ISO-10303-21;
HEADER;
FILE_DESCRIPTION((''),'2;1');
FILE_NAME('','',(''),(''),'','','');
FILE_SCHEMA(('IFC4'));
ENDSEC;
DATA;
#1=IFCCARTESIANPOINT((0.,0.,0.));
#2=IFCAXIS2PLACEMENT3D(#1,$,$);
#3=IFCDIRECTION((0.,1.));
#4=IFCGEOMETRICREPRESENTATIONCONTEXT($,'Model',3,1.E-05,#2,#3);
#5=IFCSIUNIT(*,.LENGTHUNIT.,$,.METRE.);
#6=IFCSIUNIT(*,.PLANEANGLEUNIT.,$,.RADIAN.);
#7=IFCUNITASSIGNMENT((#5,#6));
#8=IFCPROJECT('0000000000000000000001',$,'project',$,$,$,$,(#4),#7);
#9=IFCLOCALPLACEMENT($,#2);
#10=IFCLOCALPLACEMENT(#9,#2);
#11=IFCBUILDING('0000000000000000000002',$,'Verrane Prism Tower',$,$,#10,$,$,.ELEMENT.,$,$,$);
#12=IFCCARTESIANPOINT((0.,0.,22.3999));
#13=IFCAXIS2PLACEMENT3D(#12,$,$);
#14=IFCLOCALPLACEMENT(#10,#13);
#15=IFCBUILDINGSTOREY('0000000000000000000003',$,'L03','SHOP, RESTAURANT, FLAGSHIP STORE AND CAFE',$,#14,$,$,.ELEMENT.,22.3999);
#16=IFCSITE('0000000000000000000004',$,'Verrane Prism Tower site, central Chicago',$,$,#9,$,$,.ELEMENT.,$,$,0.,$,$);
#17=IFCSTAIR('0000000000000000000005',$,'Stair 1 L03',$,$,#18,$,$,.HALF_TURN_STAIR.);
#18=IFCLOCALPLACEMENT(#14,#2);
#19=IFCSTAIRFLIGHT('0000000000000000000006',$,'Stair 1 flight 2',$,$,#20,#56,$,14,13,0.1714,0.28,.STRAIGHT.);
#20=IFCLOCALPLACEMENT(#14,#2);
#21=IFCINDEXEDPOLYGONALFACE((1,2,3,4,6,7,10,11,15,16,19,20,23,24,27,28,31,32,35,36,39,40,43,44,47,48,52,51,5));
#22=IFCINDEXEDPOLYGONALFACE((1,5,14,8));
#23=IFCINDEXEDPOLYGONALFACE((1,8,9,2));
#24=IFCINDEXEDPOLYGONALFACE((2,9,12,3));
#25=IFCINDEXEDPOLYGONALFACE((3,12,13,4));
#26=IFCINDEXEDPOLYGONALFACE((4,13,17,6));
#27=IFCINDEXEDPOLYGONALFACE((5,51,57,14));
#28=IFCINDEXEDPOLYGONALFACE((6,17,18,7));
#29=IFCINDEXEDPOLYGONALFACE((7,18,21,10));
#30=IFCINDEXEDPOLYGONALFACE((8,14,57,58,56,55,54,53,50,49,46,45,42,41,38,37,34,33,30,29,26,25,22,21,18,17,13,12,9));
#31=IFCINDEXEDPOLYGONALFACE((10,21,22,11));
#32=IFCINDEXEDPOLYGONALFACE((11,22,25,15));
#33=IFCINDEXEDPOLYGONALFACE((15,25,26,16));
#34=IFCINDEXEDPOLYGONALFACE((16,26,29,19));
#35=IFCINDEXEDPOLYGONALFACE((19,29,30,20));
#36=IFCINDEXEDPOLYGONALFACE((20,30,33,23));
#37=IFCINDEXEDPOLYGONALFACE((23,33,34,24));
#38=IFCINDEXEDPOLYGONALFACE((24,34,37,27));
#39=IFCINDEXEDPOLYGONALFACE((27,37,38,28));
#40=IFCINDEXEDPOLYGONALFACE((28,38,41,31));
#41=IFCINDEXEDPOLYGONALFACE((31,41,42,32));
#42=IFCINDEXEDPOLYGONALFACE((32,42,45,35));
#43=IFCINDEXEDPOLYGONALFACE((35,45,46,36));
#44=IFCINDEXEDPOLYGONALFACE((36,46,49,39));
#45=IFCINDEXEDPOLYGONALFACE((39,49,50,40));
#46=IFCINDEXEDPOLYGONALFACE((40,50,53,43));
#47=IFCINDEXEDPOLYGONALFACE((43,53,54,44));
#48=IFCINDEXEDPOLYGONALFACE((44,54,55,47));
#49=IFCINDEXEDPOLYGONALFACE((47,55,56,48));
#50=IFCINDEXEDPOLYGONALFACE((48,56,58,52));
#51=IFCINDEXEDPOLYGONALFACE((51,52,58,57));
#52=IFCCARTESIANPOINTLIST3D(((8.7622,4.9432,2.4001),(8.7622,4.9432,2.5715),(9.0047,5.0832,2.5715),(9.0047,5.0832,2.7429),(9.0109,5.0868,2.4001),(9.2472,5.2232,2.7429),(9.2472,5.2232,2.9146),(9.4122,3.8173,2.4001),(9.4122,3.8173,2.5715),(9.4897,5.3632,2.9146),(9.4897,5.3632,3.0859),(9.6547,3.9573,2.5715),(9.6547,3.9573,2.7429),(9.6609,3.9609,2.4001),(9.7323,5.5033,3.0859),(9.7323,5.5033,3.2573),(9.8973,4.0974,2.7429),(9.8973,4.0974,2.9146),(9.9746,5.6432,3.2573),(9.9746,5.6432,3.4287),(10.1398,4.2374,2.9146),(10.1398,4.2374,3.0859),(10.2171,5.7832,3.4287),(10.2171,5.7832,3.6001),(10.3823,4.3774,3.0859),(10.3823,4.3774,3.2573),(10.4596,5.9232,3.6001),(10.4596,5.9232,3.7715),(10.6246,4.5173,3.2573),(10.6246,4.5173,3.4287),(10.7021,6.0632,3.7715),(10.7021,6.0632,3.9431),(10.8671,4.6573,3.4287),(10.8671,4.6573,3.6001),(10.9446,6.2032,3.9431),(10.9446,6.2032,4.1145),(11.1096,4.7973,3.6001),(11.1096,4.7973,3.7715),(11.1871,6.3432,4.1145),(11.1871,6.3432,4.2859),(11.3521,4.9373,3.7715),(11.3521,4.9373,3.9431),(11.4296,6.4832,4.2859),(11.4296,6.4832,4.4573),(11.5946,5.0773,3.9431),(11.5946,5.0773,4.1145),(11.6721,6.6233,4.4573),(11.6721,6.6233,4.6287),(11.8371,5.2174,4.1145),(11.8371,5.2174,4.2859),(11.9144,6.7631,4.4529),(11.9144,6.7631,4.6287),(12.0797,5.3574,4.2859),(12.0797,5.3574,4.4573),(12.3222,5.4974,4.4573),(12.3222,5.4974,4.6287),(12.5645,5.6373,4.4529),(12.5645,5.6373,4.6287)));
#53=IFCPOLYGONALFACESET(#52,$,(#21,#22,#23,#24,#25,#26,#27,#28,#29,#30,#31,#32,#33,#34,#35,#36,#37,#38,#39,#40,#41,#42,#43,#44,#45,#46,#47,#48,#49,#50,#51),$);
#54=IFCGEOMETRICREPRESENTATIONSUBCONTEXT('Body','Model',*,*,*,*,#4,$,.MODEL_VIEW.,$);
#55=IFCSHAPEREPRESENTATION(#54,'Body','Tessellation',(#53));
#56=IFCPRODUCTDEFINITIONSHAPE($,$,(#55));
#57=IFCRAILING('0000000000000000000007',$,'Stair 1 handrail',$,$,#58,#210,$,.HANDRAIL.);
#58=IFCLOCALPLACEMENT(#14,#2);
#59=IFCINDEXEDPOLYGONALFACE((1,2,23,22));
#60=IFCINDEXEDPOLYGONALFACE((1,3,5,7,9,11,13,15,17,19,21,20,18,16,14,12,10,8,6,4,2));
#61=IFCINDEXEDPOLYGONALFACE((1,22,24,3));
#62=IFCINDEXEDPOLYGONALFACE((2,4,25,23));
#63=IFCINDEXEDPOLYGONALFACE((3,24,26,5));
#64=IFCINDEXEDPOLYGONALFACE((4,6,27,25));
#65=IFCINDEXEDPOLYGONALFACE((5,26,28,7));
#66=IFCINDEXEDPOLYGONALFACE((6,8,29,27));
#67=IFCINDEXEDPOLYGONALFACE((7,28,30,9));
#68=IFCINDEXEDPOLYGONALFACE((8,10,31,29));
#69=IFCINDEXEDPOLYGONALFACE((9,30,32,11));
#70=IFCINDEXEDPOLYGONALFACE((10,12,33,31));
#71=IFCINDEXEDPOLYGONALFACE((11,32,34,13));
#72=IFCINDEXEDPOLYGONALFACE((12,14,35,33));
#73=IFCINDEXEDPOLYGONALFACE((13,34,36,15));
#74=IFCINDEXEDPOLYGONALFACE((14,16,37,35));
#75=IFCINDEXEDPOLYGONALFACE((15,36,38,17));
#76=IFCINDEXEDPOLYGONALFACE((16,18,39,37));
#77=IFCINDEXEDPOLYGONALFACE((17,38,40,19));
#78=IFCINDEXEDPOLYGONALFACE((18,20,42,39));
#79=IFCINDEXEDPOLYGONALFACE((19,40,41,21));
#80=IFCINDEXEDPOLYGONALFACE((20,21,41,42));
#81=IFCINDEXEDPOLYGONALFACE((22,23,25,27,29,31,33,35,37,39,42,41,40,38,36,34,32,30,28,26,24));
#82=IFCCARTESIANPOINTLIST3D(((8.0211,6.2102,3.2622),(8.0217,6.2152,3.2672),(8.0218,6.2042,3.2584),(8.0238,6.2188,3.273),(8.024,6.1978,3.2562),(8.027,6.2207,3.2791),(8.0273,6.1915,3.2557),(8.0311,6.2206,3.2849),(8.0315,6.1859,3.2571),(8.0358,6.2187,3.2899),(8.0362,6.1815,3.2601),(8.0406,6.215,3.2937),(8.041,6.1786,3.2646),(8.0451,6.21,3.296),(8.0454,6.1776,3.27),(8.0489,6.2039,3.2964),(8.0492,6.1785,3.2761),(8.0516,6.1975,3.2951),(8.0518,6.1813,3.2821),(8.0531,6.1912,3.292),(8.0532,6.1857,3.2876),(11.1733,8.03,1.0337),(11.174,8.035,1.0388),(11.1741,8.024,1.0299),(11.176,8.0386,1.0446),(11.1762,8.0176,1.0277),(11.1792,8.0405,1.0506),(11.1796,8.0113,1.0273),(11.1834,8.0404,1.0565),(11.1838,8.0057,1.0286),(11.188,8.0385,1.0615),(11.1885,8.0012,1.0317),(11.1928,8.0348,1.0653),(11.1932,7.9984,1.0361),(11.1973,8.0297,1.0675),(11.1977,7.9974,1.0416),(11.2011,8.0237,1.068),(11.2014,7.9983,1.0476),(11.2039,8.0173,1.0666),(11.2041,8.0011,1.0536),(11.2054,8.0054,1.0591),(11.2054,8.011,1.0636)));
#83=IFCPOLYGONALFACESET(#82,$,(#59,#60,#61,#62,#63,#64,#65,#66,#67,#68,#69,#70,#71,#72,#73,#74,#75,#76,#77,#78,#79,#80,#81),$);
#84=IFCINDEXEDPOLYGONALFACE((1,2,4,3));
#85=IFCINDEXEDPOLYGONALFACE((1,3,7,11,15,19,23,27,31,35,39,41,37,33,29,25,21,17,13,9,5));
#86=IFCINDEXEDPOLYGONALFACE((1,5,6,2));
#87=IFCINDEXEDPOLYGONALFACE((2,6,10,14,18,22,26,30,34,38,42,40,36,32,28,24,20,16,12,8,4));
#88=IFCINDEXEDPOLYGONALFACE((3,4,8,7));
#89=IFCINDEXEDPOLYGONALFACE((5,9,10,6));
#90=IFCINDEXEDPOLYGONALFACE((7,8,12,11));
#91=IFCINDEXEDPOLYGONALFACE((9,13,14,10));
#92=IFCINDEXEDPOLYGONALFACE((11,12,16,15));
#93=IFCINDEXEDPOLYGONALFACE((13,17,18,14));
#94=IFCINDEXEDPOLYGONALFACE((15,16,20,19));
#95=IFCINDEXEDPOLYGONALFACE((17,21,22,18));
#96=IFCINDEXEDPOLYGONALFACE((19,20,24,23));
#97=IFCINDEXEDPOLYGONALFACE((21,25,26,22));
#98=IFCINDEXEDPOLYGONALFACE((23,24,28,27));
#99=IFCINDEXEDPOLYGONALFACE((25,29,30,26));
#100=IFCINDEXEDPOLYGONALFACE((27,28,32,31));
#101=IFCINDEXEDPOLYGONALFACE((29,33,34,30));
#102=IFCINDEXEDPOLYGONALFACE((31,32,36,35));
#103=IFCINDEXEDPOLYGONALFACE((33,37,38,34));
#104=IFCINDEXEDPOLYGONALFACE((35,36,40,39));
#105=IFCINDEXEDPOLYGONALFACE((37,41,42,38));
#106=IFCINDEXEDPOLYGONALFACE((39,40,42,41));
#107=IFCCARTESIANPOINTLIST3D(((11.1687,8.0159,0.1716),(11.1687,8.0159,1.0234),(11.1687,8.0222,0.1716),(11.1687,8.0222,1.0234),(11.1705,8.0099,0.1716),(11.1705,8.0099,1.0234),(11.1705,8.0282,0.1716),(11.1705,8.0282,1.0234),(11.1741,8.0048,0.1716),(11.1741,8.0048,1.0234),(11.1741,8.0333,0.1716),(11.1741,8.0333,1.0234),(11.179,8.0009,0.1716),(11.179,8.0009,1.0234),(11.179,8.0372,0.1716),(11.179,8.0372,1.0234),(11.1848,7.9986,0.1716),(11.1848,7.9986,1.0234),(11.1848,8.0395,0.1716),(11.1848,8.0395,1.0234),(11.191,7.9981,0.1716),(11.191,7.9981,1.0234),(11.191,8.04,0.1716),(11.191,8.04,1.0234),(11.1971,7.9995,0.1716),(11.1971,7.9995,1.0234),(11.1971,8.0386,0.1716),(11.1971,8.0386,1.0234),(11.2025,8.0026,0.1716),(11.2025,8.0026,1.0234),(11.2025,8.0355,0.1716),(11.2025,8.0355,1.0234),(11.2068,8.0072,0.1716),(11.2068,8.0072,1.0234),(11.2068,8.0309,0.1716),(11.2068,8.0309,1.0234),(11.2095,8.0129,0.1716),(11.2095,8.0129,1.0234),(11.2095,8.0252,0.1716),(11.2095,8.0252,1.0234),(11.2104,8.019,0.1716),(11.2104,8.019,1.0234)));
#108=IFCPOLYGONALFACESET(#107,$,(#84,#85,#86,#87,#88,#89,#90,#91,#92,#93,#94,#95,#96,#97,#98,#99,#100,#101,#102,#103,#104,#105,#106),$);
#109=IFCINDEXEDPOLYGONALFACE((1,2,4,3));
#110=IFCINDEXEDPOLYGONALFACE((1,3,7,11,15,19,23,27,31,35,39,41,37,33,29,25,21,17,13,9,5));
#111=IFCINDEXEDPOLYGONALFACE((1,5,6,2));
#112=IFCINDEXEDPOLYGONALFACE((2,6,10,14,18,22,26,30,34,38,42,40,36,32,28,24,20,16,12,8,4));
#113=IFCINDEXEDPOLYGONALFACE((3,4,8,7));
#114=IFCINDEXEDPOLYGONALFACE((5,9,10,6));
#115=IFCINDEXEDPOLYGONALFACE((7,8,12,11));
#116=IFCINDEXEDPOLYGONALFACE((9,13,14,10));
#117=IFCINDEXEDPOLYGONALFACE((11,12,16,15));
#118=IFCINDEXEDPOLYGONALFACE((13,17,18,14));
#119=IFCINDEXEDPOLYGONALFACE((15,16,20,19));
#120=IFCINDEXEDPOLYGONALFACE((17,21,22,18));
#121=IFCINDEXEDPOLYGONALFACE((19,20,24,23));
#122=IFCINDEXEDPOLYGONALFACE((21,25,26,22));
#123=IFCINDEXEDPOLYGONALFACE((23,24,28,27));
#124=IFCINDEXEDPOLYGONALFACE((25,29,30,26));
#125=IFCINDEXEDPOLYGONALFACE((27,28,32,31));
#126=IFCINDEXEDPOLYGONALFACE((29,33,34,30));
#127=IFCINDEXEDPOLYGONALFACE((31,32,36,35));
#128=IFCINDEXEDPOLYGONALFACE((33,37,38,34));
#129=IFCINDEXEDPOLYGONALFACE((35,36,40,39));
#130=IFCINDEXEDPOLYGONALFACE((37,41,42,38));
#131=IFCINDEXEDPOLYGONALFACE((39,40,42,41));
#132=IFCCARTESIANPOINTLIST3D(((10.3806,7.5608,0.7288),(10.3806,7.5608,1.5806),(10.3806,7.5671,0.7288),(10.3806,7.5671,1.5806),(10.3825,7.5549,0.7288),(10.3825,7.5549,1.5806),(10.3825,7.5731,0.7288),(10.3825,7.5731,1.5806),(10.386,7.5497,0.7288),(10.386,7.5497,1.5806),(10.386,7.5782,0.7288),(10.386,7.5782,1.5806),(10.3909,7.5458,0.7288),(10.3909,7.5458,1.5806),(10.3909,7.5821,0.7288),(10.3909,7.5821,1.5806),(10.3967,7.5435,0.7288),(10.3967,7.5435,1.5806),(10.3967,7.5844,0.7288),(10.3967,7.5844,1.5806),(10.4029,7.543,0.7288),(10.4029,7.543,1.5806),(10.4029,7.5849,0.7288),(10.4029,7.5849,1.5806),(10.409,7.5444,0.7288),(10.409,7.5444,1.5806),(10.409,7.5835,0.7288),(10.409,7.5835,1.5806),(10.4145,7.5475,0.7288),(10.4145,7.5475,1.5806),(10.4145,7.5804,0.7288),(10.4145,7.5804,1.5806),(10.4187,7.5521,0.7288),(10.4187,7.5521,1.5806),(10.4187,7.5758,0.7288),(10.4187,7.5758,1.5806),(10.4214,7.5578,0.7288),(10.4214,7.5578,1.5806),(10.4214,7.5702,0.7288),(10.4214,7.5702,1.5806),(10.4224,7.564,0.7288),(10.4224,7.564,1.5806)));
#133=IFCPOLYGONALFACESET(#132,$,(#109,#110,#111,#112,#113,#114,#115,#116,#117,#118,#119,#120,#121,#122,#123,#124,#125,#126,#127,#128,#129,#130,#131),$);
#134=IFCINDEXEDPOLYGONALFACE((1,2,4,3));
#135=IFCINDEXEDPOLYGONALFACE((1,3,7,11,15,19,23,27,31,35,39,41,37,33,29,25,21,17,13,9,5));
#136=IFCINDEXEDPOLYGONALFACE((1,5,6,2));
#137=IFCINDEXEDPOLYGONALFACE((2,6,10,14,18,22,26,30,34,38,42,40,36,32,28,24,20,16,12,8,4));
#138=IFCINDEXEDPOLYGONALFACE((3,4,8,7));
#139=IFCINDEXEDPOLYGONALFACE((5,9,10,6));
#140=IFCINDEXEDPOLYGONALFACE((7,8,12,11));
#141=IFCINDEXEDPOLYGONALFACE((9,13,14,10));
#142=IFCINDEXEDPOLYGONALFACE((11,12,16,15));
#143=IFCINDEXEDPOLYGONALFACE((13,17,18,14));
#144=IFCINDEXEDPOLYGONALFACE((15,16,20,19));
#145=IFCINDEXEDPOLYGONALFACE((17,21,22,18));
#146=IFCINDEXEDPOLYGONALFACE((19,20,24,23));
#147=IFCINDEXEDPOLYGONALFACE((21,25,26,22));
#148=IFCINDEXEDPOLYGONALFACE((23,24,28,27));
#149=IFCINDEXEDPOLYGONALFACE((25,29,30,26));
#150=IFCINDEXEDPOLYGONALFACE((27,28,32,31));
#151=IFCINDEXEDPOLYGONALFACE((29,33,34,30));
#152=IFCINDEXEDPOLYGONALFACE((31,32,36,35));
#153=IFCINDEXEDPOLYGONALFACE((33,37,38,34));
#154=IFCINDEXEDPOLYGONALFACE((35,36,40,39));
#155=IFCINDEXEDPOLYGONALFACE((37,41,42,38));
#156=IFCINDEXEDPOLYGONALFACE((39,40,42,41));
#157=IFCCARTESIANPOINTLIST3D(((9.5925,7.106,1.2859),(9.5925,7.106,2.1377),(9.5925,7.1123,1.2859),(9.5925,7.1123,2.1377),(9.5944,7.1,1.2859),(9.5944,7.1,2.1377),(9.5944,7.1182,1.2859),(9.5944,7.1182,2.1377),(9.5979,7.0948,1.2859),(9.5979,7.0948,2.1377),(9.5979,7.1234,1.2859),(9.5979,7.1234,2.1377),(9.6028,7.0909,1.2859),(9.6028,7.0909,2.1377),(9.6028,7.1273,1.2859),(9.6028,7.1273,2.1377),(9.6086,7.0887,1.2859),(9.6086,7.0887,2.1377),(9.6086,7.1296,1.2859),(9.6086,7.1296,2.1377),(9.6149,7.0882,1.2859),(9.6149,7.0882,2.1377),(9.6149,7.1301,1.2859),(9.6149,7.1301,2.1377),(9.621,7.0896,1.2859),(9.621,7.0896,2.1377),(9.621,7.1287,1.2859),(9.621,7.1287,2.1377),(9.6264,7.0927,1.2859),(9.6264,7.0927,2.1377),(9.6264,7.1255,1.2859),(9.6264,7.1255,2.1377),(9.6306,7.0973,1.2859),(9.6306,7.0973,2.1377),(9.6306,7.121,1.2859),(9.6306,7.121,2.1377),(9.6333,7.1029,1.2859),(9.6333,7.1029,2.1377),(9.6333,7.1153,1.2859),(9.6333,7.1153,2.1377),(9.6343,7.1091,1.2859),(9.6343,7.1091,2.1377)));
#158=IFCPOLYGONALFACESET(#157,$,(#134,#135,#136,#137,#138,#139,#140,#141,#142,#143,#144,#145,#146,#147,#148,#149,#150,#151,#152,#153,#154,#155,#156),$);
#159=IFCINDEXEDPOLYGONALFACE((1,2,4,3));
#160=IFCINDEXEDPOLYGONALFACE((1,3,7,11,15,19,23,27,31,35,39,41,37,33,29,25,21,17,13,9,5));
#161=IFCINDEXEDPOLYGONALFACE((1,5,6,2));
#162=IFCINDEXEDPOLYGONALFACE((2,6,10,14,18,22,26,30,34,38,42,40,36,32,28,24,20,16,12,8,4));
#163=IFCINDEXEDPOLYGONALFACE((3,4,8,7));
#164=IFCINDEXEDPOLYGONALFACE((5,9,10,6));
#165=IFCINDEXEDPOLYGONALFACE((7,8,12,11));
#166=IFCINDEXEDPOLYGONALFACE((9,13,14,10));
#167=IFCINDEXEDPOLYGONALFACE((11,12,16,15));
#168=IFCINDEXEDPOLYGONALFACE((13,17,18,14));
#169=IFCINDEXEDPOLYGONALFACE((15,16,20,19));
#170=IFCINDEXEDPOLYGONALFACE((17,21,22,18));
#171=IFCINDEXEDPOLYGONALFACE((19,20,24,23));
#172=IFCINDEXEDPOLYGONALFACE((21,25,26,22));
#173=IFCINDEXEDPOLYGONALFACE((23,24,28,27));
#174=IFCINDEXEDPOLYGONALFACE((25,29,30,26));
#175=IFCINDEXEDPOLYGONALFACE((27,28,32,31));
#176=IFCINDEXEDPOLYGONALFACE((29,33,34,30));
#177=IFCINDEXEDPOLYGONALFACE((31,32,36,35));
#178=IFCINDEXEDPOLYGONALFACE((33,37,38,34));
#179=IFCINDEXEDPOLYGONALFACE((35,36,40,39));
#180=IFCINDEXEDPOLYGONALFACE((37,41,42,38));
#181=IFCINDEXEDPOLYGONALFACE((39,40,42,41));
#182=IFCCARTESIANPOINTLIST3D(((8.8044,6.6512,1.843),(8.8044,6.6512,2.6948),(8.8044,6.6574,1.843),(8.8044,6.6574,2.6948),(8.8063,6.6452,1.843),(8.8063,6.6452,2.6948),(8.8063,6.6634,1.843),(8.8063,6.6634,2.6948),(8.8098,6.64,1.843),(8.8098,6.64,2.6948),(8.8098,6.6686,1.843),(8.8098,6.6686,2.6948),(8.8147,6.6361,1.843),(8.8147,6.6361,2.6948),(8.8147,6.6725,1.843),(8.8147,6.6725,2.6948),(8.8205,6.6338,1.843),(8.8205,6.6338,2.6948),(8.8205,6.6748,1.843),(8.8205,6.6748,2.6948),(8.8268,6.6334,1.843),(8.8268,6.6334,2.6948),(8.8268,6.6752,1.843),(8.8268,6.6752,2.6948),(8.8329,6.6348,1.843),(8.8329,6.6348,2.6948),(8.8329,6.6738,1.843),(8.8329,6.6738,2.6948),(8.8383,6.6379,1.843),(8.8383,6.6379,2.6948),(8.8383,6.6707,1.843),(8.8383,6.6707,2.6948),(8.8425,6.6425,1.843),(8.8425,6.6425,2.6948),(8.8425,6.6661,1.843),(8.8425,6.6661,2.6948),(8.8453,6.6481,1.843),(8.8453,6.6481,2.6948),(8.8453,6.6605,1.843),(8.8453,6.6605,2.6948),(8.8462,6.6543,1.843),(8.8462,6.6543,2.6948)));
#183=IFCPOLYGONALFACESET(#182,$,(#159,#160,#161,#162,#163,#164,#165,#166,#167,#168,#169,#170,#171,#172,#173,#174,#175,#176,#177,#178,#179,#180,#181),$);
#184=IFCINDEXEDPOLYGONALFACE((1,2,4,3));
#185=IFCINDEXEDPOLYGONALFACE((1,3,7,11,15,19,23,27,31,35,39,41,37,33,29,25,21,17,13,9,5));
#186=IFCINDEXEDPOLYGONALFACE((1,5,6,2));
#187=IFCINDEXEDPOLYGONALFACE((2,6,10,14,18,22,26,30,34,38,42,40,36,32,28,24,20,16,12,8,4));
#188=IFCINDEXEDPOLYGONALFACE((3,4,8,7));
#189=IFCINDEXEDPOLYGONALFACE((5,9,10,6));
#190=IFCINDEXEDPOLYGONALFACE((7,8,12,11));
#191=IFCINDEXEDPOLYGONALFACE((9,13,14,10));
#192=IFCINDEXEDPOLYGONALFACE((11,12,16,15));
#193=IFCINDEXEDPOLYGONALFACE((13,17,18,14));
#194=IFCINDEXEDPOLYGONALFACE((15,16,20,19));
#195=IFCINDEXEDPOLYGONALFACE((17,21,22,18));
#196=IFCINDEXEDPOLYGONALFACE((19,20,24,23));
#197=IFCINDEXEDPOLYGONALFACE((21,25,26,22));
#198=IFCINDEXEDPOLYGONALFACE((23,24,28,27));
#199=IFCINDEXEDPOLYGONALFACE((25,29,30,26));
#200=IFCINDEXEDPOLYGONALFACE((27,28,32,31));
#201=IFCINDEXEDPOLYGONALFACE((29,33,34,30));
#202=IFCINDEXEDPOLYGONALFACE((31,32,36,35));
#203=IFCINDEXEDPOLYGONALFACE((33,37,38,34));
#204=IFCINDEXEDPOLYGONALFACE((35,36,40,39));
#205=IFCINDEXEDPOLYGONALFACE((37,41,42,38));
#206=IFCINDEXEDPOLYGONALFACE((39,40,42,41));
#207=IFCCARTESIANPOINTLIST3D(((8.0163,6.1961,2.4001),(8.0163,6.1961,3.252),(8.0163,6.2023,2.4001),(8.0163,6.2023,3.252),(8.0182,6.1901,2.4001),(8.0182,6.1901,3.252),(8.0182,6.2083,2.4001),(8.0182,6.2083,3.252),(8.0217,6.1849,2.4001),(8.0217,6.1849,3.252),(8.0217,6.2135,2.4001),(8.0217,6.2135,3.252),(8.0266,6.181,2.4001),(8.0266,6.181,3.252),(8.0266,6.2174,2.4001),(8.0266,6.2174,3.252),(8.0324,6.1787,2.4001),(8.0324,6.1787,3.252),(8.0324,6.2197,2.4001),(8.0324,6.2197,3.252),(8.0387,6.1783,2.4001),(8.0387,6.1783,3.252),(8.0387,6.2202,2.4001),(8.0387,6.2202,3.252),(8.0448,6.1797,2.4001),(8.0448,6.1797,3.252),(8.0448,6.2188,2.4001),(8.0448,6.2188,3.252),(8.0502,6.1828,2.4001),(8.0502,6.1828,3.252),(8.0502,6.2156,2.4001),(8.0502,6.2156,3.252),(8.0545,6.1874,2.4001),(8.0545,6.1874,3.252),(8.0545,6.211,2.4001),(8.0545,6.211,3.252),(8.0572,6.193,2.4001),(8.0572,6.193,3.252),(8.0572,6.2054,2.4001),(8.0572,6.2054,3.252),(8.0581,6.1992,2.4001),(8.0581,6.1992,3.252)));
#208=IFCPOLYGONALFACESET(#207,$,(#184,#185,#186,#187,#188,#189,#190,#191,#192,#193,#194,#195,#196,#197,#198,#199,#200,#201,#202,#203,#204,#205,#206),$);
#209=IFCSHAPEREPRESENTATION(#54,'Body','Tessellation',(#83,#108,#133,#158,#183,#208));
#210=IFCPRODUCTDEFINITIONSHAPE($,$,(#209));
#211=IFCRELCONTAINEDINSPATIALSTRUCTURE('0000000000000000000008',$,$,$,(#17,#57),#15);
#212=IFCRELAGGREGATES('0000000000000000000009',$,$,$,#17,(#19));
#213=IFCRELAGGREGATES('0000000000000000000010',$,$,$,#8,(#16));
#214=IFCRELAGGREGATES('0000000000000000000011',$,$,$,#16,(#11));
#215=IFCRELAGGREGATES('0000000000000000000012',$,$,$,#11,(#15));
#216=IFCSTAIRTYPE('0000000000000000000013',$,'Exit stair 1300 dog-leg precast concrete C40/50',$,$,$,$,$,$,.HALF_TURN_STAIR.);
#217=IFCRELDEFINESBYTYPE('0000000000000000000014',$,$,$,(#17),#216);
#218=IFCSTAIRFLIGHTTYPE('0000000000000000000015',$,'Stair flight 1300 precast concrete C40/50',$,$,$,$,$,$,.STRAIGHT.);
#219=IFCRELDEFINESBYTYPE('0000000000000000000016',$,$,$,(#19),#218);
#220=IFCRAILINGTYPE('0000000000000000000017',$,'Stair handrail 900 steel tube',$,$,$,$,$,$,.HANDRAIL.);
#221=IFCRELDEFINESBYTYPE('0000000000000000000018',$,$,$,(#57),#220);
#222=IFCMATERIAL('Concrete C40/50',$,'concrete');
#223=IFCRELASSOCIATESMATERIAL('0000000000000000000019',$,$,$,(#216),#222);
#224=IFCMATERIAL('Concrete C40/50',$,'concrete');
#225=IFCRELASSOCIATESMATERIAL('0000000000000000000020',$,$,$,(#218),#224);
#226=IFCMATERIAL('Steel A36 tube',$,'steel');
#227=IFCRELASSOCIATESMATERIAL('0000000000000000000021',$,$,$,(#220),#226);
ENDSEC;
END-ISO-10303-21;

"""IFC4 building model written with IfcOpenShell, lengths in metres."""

from ifc_helpers import new_model, si_unit, direction, frame, origin, origin_2d, place, context, subcontext, project, spatial, polyline, circle, outline, extrude, material, type_object, element, aggregate, save


model = new_model("IFC4")

# Units and contexts
model_context = context("Model", 3, precision=1e-05, world=origin(), true_north=direction((0.0, 1.0)))
body_context = subcontext(model_context, "Body", "Model", "MODEL_VIEW")
ifc_project = project(units=[si_unit("LENGTHUNIT", "METRE"), si_unit("PLANEANGLEUNIT", "RADIAN")], contexts=[model_context])

# Site, building, storey
site_placement = place(None, origin())
site = spatial("IfcSite", under=ifc_project, at=site_placement, Name="Verrane Prism Tower site, central Chicago", CompositionType="ELEMENT", RefElevation=0.0)
building_placement = place(site_placement, origin())
building = spatial("IfcBuilding", under=site, at=building_placement, Name="Verrane Prism Tower", CompositionType="ELEMENT")
storey_placement = place(building_placement, frame((0.0, 0.0, 22.3999)))
storey = spatial("IfcBuildingStorey", under=building, at=storey_placement, Name="L03", Description="SHOP, RESTAURANT, FLAGSHIP STORE AND CAFE", CompositionType="ELEMENT", Elevation=22.3999)

# Stair, stair flight
ifc_material_1 = material(Name="Concrete C40/50", Category="concrete")
stair_type = type_object("IfcStairType", Name="Exit stair 1300 dog-leg precast concrete C40/50", PredefinedType="HALF_TURN_STAIR", material=ifc_material_1)
stair_placement = place(storey_placement, origin())
stair = element("IfcStair", 1, at=stair_placement, inside=storey, type_object=stair_type, Name="Stair 1 L03", PredefinedType="HALF_TURN_STAIR")
ifc_material_2 = material(Name="Concrete C40/50", Category="concrete")
stair_flight_type = type_object("IfcStairFlightType", Name="Stair flight 1300 precast concrete C40/50", PredefinedType="STRAIGHT", material=ifc_material_2)
stair_flight_1_placement = place(storey_placement, frame((9.0872, 4.3804, 2.4001), z_axis=(0.0, 0.0, 1.0), x_axis=(0.866025, 0.5, 0.0)))
stair_flight_1 = element("IfcStairFlight", 2, at=stair_flight_1_placement, type_object=stair_flight_type, Name="Stair 1 flight 2", NumberOfRisers=14, NumberOfTreads=13, PredefinedType="STRAIGHT", RiserHeight=0.1714, TreadLength=0.28, context=body_context, shape_type="SweptSolid", body=[
    extrude(outline(polyline([(0.0, 0.0), (0.0, 0.1714), (0.28, 0.1714), (0.28, 0.3428), (0.5601, 0.3428), (0.5601, 0.5144), (0.8401, 0.5144), (0.8401, 0.6858), (1.1201, 0.6858), (1.1201, 0.8572), (1.3999, 0.8572), (1.3999, 1.0286), (1.6799, 1.0286), (1.6799, 1.2), (1.96, 1.2), (1.96, 1.3713), (2.24, 1.3713), (2.24, 1.543), (2.52, 1.543), (2.52, 1.7144), (2.8, 1.7144), (2.8, 1.8857), (3.0801, 1.8857), (3.0801, 2.0571), (3.3601, 2.0571), (3.3601, 2.2285), (3.6399, 2.2285), (3.6399, 2.3999), (3.6399, 2.0527), (0.2871, 0.0), (0.0, 0.0)])), frame((0.0, 0.6499, 0.0), z_axis=(0.0, -1.0, 0.0), x_axis=(1.0, 0.0, 0.0)), (0.0, 0.0, 1.0), 1.3),
])
aggregate(stair, [stair_flight_1])

# Railing
ifc_material_3 = material(Name="Steel A36 tube", Category="steel")
railing_type_1 = type_object("IfcRailingType", Name="Stair handrail 900 steel tube", PredefinedType="HANDRAIL", material=ifc_material_3)
railing_1_placement = place(storey_placement, frame((11.1895, 8.019, 0.1716)))
element("IfcRailing", 3, at=railing_1_placement, inside=storey, type_object=railing_type_1, Name="Stair 1 handrail", PredefinedType="HANDRAIL", context=body_context, shape_type="SweptSolid", body=[
    extrude(circle(Radius=0.0239, at=origin_2d()), frame((0.0, 0.0, 0.876), z_axis=(-0.73861, -0.426394, 0.522153), x_axis=(0.499962, -0.866047, 0.0)), (0.0, 0.0, 1.0), 4.2678),
    extrude(circle(Radius=0.021, at=origin_2d()), origin(), (0.0, 0.0, 1.0), 0.8518),
    extrude(circle(Radius=0.021, at=origin_2d()), frame((-0.7881, -0.4551, 0.5571)), (0.0, 0.0, 1.0), 0.8518),
    extrude(circle(Radius=0.021, at=origin_2d()), frame((-1.5762, -0.9099, 1.1143)), (0.0, 0.0, 1.0), 0.8518),
    extrude(circle(Radius=0.021, at=origin_2d()), frame((-2.3643, -1.3647, 1.6714)), (0.0, 0.0, 1.0), 0.8518),
    extrude(circle(Radius=0.021, at=origin_2d()), frame((-3.1523, -1.8198, 2.2285)), (0.0, 0.0, 1.0), 0.8518),
])

save(model, "model.ifc")
